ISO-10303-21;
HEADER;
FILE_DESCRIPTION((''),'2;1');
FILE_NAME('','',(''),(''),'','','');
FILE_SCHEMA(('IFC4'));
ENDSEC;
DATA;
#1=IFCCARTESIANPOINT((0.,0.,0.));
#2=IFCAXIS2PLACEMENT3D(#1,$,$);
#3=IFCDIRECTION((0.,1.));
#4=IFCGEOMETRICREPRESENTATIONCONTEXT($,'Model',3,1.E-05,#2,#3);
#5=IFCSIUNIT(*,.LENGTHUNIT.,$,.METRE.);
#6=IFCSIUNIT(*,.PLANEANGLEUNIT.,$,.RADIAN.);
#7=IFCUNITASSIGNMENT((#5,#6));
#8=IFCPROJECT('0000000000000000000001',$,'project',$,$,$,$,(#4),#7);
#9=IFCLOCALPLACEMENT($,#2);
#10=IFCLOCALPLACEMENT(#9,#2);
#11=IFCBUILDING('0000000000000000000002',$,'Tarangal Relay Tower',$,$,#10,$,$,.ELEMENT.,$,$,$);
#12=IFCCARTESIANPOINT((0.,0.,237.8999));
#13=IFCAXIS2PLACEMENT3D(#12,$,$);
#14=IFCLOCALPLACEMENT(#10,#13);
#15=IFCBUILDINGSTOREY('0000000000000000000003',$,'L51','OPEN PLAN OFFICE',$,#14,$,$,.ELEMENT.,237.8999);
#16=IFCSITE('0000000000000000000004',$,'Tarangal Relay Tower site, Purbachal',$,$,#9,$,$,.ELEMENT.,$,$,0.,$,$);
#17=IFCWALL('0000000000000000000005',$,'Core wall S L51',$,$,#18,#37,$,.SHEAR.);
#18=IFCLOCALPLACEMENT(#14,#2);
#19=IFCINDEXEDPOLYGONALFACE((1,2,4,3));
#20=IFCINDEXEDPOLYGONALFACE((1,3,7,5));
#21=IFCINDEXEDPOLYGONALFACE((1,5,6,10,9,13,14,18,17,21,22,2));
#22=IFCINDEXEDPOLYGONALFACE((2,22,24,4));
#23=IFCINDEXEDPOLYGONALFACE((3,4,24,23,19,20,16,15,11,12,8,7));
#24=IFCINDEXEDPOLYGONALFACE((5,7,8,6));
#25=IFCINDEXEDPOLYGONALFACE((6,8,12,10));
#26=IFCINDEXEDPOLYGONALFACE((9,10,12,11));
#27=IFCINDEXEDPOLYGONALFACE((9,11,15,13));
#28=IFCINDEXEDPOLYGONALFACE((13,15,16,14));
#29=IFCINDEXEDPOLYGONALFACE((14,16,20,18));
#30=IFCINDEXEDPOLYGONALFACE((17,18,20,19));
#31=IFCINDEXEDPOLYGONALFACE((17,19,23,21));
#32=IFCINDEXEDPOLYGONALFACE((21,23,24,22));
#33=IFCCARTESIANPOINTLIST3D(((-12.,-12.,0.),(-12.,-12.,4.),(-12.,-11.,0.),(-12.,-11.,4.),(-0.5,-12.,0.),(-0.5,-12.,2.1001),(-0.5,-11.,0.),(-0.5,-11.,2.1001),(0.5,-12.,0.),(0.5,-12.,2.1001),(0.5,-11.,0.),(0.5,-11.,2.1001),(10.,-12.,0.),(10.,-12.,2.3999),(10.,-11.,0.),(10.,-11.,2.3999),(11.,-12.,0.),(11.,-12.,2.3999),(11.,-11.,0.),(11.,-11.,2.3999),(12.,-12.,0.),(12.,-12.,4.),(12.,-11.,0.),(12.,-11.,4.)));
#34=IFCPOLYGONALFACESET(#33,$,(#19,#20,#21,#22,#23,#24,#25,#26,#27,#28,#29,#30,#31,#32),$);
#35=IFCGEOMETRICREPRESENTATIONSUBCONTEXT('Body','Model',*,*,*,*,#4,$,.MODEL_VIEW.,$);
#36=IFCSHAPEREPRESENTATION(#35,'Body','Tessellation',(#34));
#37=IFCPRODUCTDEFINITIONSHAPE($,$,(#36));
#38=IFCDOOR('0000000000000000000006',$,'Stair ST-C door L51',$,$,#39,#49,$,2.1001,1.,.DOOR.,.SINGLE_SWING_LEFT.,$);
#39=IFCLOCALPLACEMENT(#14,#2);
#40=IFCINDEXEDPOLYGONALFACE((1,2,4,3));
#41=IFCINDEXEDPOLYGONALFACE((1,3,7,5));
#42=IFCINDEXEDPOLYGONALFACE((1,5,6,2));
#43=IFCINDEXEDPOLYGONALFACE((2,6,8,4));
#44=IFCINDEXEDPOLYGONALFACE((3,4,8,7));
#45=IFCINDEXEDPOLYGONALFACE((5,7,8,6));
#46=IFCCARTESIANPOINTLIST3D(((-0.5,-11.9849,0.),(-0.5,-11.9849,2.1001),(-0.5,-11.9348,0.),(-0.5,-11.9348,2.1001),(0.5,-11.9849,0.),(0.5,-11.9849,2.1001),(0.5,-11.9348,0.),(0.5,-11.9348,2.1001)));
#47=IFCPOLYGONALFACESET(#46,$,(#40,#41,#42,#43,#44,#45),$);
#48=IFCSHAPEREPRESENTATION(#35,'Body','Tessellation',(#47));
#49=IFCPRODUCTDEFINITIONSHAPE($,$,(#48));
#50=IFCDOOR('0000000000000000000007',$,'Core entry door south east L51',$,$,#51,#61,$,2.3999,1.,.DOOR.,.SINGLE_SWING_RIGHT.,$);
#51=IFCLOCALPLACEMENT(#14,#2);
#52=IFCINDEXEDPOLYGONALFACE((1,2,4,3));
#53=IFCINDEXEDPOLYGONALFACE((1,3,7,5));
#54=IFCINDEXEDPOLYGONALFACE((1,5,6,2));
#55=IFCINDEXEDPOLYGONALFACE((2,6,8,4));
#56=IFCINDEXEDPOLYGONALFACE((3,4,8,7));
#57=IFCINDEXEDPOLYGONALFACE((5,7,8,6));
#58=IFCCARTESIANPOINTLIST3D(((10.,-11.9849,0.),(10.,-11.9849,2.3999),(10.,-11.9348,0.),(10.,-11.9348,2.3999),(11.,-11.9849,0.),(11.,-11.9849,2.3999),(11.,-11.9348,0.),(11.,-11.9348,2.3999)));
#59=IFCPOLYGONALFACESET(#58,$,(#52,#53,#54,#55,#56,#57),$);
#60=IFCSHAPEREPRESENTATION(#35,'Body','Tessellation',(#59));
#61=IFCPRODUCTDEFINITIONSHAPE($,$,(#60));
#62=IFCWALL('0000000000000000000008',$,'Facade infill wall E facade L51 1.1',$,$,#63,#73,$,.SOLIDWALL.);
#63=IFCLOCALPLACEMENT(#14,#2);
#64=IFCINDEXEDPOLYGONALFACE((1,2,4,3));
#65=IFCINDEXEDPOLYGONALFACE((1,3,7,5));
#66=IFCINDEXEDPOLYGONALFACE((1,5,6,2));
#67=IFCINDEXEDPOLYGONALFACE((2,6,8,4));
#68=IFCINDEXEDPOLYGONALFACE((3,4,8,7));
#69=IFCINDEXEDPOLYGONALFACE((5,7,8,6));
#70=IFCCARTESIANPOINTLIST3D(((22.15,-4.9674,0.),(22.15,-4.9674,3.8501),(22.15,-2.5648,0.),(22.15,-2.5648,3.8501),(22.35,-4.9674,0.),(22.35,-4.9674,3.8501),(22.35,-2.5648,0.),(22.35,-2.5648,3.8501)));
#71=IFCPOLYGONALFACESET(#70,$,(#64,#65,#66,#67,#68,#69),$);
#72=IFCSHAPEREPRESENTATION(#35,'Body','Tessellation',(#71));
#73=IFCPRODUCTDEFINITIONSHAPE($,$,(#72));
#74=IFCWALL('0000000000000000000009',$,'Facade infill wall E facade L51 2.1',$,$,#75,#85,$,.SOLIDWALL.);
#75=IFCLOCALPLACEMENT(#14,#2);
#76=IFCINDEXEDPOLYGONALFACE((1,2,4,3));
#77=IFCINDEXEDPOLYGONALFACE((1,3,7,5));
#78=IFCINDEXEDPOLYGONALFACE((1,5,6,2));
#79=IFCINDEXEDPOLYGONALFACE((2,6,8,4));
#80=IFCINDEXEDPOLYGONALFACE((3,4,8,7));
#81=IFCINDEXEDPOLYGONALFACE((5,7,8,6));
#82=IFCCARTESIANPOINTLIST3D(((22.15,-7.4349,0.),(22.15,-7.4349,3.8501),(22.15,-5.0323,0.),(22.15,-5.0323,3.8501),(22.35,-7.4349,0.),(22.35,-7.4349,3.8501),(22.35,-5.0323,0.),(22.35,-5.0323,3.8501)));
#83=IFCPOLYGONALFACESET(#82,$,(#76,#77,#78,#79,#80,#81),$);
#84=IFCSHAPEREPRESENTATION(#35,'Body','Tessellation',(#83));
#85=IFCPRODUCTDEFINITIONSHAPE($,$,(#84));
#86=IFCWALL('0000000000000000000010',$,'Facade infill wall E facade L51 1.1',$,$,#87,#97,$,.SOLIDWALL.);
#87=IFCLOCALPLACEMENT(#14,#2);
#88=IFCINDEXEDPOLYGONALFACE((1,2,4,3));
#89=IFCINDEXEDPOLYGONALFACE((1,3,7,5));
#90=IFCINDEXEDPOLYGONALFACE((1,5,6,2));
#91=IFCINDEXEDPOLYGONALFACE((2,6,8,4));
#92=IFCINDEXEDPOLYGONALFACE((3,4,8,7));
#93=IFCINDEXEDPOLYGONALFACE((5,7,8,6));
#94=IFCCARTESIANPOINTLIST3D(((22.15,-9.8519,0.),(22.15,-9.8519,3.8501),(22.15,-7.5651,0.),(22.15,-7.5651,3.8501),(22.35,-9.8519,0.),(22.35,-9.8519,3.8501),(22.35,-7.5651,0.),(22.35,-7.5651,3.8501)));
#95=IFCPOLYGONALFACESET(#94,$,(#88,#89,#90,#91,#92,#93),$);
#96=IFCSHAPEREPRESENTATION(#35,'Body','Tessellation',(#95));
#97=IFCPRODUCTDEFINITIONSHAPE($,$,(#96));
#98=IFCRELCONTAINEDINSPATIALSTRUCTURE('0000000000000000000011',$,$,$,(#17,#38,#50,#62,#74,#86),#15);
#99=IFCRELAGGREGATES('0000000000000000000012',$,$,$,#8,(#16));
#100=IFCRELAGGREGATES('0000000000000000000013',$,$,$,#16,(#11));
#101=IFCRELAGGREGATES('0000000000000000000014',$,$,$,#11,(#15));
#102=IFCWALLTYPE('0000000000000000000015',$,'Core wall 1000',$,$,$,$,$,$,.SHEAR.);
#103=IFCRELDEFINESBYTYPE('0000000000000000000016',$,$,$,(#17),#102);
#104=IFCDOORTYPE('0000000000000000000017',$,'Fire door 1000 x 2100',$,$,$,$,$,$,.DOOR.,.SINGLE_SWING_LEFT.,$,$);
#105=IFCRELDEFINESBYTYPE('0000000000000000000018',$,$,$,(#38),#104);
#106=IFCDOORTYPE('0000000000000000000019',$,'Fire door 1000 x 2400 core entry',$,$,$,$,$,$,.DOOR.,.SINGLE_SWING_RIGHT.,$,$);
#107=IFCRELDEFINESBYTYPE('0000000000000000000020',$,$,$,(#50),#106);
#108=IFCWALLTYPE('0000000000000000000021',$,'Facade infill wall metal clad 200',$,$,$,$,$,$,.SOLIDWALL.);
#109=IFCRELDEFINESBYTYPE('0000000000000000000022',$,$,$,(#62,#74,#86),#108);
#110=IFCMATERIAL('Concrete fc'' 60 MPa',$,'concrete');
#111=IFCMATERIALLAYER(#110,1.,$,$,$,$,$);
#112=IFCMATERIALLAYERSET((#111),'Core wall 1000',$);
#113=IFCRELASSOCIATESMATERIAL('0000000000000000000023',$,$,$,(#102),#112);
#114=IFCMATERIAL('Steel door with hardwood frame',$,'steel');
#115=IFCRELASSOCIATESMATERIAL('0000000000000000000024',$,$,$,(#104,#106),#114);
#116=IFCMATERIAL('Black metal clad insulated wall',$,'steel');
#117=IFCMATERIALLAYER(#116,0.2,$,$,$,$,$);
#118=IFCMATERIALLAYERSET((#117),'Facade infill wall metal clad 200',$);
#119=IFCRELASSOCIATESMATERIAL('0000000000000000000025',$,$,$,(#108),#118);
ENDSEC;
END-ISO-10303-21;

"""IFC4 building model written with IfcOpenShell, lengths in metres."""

from ifc_helpers import new_model, si_unit, direction, frame, frame_2d, origin, place, context, subcontext, project, spatial, rectangle, extrude, material, layer, layer_set, type_object, element, fill, save


model = new_model("IFC4")

# Units and contexts
model_context = context("Model", 3, precision=1e-05, world=origin(), true_north=direction((0.0, 1.0)))
body_context = subcontext(model_context, "Body", "Model", "MODEL_VIEW")
ifc_project = project(units=[si_unit("LENGTHUNIT", "METRE"), si_unit("PLANEANGLEUNIT", "RADIAN")], contexts=[model_context])

# Site, building, storey
site_placement = place(None, origin())
site = spatial("IfcSite", under=ifc_project, at=site_placement, Name="Tarangal Relay Tower site, Purbachal", CompositionType="ELEMENT", RefElevation=0.0)
building_placement = place(site_placement, origin())
building = spatial("IfcBuilding", under=site, at=building_placement, Name="Tarangal Relay Tower", CompositionType="ELEMENT")
storey_placement = place(building_placement, frame((0.0, 0.0, 237.8999)))
storey = spatial("IfcBuildingStorey", under=building, at=storey_placement, Name="L51", Description="OPEN PLAN OFFICE", CompositionType="ELEMENT", Elevation=237.8999)

# Wall, openings, doors
ifc_material_1 = material(Name="Concrete fc' 60 MPa", Category="concrete")
ifc_layer_1 = layer(ifc_material_1, 1.0)
ifc_layer_set_1 = layer_set([ifc_layer_1], Name="Core wall 1000")
wall_type_1 = type_object("IfcWallType", Name="Core wall 1000", PredefinedType="SHEAR", material=ifc_layer_set_1)
wall_1_placement = place(storey_placement, frame((12.0, -11.5, 0.0), z_axis=(0.0, 0.0, 1.0), x_axis=(-1.0, 0.0, 0.0)))
wall_1 = element("IfcWall", 1, at=wall_1_placement, inside=storey, type_object=wall_type_1, Name="Core wall S L51", PredefinedType="SHEAR", context=body_context, shape_type="SweptSolid", body=[
    extrude(rectangle(XDim=24.0, YDim=1.0, at=frame_2d((12.0, 0.0))), origin(), (0.0, 0.0, 1.0), 4.0),
])
opening_1_placement = place(wall_1_placement, frame((11.5, 0.0, 0.0)))
opening_1 = element("IfcOpeningElement", 2, at=opening_1_placement, cuts=wall_1, PredefinedType="OPENING", context=body_context, shape_type="SweptSolid", body=[
    extrude(rectangle(XDim=1.0, YDim=2.1001, at=frame_2d((0.5, 1.05))), frame((0.0, 0.51, 0.0), z_axis=(0.0, -1.0, 0.0), x_axis=(1.0, 0.0, 0.0)), (0.0, 0.0, 1.0), 1.02),
])
opening_2_placement = place(wall_1_placement, frame((1.0, 0.0, 0.0)))
opening_2 = element("IfcOpeningElement", 3, at=opening_2_placement, cuts=wall_1, PredefinedType="OPENING", context=body_context, shape_type="SweptSolid", body=[
    extrude(rectangle(XDim=1.0, YDim=2.3999, at=frame_2d((0.5, 1.2))), frame((0.0, 0.51, 0.0), z_axis=(0.0, -1.0, 0.0), x_axis=(1.0, 0.0, 0.0)), (0.0, 0.0, 1.0), 1.02),
])
ifc_material_2 = material(Name="Steel door with hardwood frame", Category="steel")
door_type_1 = type_object("IfcDoorType", Name="Fire door 1000 x 2100", OperationType="SINGLE_SWING_LEFT", PredefinedType="DOOR", material=ifc_material_2)
door_1_placement = place(opening_1_placement, origin())
door_1 = element("IfcDoor", 4, at=door_1_placement, inside=storey, type_object=door_type_1, Name="Stair ST-C door L51", OperationType="SINGLE_SWING_LEFT", OverallHeight=2.1001, OverallWidth=1.0, PredefinedType="DOOR", context=body_context, shape_type="SweptSolid", body=[
    extrude(rectangle(XDim=1.0, YDim=2.1001, at=frame_2d((0.5, 1.05))), frame((0.0, 0.4849, 0.0), z_axis=(0.0, -1.0, 0.0), x_axis=(1.0, 0.0, 0.0)), (0.0, 0.0, 1.0), 0.05),
])
fill(opening_1, door_1)
door_type_2 = type_object("IfcDoorType", Name="Fire door 1000 x 2400 core entry", OperationType="SINGLE_SWING_RIGHT", PredefinedType="DOOR", material=ifc_material_2)
door_2_placement = place(opening_2_placement, origin())
door_2 = element("IfcDoor", 5, at=door_2_placement, inside=storey, type_object=door_type_2, Name="Core entry door south east L51", OperationType="SINGLE_SWING_RIGHT", OverallHeight=2.3999, OverallWidth=1.0, PredefinedType="DOOR", context=body_context, shape_type="SweptSolid", body=[
    extrude(rectangle(XDim=1.0, YDim=2.3999, at=frame_2d((0.5, 1.2))), frame((0.0, 0.4849, 0.0), z_axis=(0.0, -1.0, 0.0), x_axis=(1.0, 0.0, 0.0)), (0.0, 0.0, 1.0), 0.05),
])
fill(opening_2, door_2)

# Walls
ifc_material_3 = material(Name="Black metal clad insulated wall", Category="steel")
ifc_layer_2 = layer(ifc_material_3, 0.2)
ifc_layer_set_2 = layer_set([ifc_layer_2], Name="Facade infill wall metal clad 200")
wall_type_2 = type_object("IfcWallType", Name="Facade infill wall metal clad 200", PredefinedType="SOLIDWALL", material=ifc_layer_set_2)
for number, where, z_axis, x_axis, name in (
    (6, (22.25, -2.5649, 0.0), (0.0, 0.0, 1.0), (0.0, -1.0, 0.0), "Facade infill wall E facade L51 1.1"),
    (7, (22.25, -5.0325, 0.0), (0.0, 0.0, 1.0), (0.0, -1.0, 0.0), "Facade infill wall E facade L51 2.1"),
):
    element("IfcWall", number, at=place(storey_placement, frame(where, z_axis=z_axis, x_axis=x_axis)), inside=storey, type_object=wall_type_2, Name=name, PredefinedType="SOLIDWALL", context=body_context, shape_type="SweptSolid", body=[
        extrude(rectangle(XDim=2.4026, YDim=0.2, at=frame_2d((1.2012, 0.0))), origin(), (0.0, 0.0, 1.0), 3.8501),
    ])
wall_2_placement = place(storey_placement, frame((22.25, -7.5649, 0.0), z_axis=(0.0, 0.0, 1.0), x_axis=(0.0, -1.0, 0.0)))
element("IfcWall", 8, at=wall_2_placement, inside=storey, type_object=wall_type_2, Name="Facade infill wall E facade L51 1.1", PredefinedType="SOLIDWALL", context=body_context, shape_type="SweptSolid", body=[
    extrude(rectangle(XDim=2.2869, YDim=0.2, at=frame_2d((1.1436, 0.0))), origin(), (0.0, 0.0, 1.0), 3.8501),
])

save(model, "model.ifc")
